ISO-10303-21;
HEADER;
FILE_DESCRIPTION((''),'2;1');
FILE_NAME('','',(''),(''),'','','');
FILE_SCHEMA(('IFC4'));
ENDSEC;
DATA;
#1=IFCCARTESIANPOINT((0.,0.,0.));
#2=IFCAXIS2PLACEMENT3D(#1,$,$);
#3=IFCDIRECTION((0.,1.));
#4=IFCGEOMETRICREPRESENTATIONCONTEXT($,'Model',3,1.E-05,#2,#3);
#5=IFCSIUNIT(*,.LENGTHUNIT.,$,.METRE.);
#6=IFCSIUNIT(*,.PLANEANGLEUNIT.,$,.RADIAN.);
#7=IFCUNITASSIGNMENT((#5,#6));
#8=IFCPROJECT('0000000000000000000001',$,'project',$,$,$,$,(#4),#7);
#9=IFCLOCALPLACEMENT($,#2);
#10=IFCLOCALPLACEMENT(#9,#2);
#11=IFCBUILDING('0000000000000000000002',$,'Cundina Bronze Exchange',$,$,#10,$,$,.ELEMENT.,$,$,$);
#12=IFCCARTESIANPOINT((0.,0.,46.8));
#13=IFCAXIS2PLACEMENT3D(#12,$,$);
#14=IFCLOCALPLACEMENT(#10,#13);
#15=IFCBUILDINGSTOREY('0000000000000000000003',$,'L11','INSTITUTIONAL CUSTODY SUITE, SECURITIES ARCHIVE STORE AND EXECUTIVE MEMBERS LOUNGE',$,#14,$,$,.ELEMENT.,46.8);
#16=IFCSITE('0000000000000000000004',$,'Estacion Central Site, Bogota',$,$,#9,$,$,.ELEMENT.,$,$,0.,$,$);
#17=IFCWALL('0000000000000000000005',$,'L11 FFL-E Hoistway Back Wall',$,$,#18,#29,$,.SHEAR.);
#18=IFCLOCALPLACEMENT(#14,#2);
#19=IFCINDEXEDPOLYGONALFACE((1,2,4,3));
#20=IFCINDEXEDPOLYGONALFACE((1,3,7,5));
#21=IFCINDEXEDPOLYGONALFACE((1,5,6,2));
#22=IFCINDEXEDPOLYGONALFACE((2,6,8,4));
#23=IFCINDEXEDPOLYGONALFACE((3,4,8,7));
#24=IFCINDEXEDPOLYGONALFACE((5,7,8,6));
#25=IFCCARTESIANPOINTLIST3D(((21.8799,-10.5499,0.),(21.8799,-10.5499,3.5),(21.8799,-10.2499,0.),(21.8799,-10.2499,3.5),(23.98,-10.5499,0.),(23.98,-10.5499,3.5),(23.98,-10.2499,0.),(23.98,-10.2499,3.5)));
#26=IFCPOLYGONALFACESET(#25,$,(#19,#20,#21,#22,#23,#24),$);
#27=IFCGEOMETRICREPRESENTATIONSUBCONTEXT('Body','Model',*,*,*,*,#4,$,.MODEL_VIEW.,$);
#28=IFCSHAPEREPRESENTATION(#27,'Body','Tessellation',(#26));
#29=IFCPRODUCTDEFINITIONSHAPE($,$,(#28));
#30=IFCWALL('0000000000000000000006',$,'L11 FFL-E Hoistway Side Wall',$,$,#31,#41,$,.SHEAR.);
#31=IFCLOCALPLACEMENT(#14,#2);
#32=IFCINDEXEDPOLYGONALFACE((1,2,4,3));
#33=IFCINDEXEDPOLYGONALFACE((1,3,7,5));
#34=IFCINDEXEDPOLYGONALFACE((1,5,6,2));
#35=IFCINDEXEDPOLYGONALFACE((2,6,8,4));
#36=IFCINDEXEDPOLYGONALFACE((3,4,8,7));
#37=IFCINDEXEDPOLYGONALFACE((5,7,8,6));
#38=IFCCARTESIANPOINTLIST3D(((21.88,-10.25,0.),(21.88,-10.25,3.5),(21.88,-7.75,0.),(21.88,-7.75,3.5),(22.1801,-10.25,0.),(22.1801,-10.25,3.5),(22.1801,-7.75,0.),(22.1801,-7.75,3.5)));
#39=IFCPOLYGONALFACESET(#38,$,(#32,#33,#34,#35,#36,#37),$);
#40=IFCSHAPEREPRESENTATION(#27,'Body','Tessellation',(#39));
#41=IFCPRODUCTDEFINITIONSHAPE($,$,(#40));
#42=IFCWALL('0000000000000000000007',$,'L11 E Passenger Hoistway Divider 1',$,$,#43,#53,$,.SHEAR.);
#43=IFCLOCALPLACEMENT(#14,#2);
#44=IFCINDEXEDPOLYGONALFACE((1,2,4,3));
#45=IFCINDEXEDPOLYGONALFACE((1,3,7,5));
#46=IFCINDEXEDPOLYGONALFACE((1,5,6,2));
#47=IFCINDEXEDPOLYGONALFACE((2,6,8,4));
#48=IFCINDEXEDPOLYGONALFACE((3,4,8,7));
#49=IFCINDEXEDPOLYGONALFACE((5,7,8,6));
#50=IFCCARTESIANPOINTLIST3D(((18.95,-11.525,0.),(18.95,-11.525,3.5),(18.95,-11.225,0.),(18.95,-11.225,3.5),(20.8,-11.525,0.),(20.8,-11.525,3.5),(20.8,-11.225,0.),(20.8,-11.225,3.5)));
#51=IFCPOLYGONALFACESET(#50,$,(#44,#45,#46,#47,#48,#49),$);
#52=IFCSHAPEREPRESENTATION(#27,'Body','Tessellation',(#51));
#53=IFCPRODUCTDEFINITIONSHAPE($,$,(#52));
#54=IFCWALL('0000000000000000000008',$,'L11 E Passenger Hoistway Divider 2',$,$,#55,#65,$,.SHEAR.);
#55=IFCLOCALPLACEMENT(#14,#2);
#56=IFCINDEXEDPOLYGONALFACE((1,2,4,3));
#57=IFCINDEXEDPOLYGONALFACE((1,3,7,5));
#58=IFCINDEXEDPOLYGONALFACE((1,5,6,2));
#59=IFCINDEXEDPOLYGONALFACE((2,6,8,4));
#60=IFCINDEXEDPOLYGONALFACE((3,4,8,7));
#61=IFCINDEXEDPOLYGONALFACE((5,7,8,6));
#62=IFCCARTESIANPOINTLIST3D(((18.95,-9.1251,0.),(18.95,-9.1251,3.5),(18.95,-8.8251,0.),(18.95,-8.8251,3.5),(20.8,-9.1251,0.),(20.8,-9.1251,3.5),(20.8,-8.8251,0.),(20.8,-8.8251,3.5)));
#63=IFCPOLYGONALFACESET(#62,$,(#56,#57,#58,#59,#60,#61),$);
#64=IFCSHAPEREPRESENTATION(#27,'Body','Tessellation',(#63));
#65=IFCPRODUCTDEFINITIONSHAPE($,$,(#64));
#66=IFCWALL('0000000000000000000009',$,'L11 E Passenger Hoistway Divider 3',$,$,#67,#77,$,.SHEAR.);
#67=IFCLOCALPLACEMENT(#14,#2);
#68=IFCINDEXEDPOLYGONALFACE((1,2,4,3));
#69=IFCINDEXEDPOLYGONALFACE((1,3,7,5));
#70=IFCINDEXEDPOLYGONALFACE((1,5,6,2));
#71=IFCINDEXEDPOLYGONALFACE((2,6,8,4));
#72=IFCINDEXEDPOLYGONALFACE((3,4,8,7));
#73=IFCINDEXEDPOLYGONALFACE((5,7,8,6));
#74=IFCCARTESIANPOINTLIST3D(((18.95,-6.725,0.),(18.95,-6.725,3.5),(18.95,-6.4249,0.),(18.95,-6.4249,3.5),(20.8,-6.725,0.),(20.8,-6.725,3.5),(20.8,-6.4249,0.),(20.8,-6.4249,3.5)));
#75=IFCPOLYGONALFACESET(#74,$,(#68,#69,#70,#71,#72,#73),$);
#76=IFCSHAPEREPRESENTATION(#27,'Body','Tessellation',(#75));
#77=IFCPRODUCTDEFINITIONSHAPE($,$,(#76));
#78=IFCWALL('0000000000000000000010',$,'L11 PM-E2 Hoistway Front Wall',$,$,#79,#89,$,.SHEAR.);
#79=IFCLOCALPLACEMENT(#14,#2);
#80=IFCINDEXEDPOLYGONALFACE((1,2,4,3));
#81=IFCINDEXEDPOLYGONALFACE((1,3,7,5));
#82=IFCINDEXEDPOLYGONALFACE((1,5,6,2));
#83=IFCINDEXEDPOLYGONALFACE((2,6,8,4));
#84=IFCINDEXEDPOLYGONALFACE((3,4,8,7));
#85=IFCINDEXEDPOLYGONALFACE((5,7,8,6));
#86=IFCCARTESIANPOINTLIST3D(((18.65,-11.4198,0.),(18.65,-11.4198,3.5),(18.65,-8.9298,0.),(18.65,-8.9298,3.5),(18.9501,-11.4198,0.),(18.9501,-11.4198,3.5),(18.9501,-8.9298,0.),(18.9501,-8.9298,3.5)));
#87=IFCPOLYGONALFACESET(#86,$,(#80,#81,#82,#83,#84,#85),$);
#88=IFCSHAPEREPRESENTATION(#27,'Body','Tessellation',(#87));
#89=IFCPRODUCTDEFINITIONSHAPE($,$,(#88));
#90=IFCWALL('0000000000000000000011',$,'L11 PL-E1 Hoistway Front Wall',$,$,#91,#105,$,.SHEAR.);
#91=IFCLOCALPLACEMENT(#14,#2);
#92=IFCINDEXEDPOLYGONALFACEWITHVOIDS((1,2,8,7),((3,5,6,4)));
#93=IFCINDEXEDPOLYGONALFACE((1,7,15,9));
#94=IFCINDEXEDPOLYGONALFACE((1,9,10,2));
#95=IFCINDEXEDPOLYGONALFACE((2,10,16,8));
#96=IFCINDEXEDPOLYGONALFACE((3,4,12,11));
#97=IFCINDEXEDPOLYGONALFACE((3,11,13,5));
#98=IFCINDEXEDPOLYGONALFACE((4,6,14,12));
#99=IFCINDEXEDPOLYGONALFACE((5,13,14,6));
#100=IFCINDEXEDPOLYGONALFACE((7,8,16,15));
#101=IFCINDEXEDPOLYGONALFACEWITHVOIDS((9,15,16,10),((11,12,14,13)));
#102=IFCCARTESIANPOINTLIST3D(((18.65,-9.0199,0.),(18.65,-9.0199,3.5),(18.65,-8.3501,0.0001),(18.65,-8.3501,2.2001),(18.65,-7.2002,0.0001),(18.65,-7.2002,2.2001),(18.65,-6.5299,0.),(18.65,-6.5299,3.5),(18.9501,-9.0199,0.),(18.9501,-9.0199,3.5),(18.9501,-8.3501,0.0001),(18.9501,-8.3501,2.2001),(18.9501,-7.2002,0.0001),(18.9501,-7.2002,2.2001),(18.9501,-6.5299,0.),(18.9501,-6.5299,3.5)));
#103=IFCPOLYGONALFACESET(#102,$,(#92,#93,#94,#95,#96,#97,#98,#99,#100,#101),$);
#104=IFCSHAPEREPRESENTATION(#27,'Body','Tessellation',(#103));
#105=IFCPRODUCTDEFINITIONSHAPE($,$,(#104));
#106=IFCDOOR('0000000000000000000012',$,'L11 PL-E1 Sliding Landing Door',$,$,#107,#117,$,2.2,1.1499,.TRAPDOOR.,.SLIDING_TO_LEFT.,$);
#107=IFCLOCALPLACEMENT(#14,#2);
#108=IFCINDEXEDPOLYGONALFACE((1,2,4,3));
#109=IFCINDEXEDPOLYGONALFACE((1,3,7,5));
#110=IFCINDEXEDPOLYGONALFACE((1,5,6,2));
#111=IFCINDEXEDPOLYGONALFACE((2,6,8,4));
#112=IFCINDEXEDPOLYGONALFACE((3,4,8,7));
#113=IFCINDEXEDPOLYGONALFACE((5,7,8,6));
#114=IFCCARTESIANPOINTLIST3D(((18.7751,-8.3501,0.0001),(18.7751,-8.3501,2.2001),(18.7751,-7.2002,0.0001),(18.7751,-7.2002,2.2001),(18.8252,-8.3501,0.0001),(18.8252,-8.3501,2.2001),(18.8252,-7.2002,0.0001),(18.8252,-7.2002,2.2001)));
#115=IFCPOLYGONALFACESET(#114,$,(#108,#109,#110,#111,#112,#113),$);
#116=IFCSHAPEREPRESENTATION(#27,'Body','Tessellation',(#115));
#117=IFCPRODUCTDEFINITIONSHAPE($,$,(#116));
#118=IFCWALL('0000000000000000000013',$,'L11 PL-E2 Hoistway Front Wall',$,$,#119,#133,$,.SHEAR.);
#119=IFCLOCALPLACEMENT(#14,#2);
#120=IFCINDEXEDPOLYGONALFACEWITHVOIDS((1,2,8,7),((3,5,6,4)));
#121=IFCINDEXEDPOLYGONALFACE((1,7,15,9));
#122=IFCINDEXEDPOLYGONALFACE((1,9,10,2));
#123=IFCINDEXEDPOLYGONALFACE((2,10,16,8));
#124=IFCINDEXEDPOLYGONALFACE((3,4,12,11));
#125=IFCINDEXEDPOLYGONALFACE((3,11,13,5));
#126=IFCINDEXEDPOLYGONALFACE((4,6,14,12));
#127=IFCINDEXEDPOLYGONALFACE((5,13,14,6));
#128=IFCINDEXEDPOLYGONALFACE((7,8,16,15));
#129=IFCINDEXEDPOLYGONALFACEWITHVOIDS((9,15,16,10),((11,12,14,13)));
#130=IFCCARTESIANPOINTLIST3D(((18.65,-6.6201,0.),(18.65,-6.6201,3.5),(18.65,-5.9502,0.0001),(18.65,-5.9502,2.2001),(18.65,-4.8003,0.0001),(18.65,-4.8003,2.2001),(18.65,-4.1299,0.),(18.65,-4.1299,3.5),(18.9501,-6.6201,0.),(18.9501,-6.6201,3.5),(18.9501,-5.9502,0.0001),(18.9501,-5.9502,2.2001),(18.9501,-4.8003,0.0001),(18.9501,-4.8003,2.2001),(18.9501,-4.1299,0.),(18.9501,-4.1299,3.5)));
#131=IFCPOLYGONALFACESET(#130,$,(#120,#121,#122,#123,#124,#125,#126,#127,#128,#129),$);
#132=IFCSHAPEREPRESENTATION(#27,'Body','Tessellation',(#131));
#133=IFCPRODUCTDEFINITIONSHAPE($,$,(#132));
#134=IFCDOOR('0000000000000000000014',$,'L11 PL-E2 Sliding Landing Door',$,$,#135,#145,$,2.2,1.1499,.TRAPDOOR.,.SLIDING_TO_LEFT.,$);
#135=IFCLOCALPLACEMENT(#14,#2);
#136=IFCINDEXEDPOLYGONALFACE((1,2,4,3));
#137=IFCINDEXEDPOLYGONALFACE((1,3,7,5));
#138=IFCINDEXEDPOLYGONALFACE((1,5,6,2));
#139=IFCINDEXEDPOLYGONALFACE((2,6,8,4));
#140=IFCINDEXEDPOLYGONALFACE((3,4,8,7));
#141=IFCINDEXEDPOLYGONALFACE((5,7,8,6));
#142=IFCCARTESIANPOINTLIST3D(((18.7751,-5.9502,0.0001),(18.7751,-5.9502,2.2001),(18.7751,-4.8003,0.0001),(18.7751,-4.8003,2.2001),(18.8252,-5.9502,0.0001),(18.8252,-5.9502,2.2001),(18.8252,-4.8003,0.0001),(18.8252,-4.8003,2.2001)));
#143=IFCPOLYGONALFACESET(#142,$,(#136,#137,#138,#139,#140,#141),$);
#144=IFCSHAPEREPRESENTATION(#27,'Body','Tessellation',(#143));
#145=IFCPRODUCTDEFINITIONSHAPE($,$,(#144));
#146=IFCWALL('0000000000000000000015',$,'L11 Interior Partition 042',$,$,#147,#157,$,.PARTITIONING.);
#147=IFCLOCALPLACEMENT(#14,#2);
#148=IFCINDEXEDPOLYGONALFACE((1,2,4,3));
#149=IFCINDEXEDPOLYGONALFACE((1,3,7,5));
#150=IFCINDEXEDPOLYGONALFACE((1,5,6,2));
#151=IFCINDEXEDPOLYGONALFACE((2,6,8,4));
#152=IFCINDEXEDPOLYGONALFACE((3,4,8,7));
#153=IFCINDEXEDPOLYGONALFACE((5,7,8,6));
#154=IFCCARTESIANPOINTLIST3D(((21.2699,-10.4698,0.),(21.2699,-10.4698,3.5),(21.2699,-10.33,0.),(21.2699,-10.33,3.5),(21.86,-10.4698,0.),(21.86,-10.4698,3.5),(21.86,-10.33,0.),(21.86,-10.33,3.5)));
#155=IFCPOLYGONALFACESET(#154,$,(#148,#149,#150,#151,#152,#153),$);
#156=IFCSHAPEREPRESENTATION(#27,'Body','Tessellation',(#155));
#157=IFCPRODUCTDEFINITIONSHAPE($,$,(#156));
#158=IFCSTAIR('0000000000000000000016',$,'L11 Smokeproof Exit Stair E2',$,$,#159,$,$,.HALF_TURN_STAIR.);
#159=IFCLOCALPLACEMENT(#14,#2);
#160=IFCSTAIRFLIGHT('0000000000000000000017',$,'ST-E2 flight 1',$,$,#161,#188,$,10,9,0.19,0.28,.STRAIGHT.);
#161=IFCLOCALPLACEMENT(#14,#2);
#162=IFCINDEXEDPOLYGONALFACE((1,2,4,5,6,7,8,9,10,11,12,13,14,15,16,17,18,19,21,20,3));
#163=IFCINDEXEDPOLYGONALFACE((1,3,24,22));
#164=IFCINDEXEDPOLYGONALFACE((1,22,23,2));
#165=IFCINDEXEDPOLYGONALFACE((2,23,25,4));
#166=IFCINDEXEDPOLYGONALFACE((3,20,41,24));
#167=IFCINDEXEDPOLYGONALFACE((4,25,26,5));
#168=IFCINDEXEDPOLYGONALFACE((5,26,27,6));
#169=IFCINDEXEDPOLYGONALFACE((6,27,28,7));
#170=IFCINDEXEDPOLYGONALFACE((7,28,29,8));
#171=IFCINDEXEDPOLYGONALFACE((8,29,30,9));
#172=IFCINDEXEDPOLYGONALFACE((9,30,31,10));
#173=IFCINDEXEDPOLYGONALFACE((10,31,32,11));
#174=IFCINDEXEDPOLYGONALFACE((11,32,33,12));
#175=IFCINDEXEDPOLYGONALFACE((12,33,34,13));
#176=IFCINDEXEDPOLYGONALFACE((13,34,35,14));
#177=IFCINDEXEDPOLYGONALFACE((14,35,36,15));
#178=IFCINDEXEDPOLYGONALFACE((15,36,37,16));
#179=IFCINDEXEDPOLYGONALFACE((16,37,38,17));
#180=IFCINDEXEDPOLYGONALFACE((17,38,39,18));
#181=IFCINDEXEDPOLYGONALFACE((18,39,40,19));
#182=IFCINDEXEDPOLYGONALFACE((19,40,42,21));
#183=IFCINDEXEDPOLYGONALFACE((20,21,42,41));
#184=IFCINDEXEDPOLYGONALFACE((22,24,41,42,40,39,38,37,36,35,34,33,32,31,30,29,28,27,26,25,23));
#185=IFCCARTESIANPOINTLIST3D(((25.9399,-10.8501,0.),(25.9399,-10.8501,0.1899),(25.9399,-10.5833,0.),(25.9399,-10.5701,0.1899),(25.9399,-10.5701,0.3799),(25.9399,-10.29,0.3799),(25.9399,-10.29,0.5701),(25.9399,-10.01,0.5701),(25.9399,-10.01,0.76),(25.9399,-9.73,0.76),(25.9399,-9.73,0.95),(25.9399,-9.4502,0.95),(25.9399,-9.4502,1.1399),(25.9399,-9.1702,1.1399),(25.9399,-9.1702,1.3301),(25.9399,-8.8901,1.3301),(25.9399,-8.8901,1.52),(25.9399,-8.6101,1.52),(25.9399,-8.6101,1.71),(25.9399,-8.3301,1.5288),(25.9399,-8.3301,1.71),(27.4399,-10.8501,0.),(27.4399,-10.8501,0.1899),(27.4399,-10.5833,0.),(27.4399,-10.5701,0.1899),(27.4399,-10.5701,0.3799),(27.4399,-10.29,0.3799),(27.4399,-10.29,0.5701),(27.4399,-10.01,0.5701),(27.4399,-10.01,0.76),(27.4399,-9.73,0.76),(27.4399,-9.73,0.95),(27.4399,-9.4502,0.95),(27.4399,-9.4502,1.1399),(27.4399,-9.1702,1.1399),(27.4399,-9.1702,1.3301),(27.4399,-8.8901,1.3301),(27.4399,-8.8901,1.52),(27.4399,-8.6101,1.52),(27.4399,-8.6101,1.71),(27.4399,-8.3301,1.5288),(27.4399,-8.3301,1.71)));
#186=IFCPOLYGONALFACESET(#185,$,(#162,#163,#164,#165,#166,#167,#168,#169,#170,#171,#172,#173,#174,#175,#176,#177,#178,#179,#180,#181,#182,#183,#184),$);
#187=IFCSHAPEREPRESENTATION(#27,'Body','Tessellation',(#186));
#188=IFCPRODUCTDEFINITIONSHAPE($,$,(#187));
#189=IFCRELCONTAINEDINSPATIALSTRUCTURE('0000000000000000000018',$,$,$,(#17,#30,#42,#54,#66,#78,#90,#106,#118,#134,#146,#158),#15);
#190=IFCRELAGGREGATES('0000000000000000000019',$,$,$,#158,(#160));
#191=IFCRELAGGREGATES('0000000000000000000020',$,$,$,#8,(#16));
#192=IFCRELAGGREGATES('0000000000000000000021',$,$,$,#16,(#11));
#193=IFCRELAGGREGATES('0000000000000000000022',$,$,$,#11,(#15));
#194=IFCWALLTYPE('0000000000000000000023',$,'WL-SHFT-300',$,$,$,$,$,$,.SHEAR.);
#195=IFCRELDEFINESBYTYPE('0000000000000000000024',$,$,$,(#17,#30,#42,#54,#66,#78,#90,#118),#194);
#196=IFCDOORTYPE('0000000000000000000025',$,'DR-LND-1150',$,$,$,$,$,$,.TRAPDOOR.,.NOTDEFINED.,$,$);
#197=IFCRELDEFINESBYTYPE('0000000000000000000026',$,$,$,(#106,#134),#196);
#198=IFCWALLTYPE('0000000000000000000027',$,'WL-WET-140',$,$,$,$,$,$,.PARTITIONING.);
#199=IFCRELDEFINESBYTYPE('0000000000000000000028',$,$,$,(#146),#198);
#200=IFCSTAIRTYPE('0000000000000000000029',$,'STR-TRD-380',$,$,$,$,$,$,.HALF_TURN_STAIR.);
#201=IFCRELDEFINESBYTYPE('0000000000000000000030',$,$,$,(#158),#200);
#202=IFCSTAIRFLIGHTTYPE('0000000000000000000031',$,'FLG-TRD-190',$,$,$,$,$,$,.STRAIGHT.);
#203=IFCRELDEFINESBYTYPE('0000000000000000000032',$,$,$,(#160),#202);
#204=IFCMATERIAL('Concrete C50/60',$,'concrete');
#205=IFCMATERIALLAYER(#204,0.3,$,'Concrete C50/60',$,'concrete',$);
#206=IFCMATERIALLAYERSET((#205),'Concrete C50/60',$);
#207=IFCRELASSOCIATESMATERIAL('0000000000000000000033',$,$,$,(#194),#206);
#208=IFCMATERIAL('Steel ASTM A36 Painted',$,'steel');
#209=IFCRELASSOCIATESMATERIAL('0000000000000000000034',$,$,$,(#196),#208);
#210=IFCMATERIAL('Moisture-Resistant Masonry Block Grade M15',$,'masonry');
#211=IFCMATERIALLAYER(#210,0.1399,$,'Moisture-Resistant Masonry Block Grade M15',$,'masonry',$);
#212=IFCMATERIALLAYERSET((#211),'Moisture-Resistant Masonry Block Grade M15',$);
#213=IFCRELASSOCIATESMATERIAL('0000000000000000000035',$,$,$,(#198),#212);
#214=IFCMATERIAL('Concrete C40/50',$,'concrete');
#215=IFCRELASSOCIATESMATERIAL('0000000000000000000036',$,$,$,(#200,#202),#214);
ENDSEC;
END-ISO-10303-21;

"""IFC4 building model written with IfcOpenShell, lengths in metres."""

from ifc_helpers import new_model, si_unit, direction, frame, frame_2d, origin, place, context, subcontext, project, spatial, polyline, rectangle, outline, extrude, material, layer, layer_set, type_object, element, fill, aggregate, save


model = new_model("IFC4")

# Units and contexts
model_context = context("Model", 3, precision=1e-05, world=origin(), true_north=direction((0.0, 1.0)))
body_context = subcontext(model_context, "Body", "Model", "MODEL_VIEW")
ifc_project = project(units=[si_unit("LENGTHUNIT", "METRE"), si_unit("PLANEANGLEUNIT", "RADIAN")], contexts=[model_context])

# Site, building, storey
site_placement = place(None, origin())
site = spatial("IfcSite", under=ifc_project, at=site_placement, Name="Estacion Central Site, Bogota", CompositionType="ELEMENT", RefElevation=0.0)
building_placement = place(site_placement, origin())
building = spatial("IfcBuilding", under=site, at=building_placement, Name="Cundina Bronze Exchange", CompositionType="ELEMENT")
storey_placement = place(building_placement, frame((0.0, 0.0, 46.8)))
storey = spatial("IfcBuildingStorey", under=building, at=storey_placement, Name="L11", Description="INSTITUTIONAL CUSTODY SUITE, SECURITIES ARCHIVE STORE AND EXECUTIVE MEMBERS LOUNGE", CompositionType="ELEMENT", Elevation=46.8)

# Shared definitions
ifc_material_1 = material(Name="Concrete C50/60", Category="concrete")
ifc_layer_1 = layer(ifc_material_1, 0.3, Name="Concrete C50/60", Category="concrete")
ifc_layer_set_1 = layer_set([ifc_layer_1], Name="Concrete C50/60")
wall_type_1 = type_object("IfcWallType", Name="WL-SHFT-300", PredefinedType="SHEAR", material=ifc_layer_set_1)

# Shared definitions
ifc_material_2 = material(Name="Steel ASTM A36 Painted", Category="steel")
door_type_1 = type_object("IfcDoorType", Name="DR-LND-1150", OperationType="NOTDEFINED", PredefinedType="TRAPDOOR", material=ifc_material_2)

# Walls
wall_1_placement = place(storey_placement, frame((21.8799, -10.3999, 0.0), z_axis=(0.0, 0.0, 1.0), x_axis=(1.0, 0.0, 0.0)))
element("IfcWall", 1, at=wall_1_placement, inside=storey, type_object=wall_type_1, Name="L11 FFL-E Hoistway Back Wall", PredefinedType="SHEAR", context=body_context, shape_type="SweptSolid", body=[
    extrude(rectangle(XDim=2.1001, YDim=0.3, at=frame_2d((1.05, 0.0))), origin(), (0.0, 0.0, 1.0), 3.5),
])
wall_2_placement = place(storey_placement, frame((22.03, -10.25, 0.0), z_axis=(0.0, 0.0, 1.0), x_axis=(0.0, 1.0, 0.0)))
element("IfcWall", 2, at=wall_2_placement, inside=storey, type_object=wall_type_1, Name="L11 FFL-E Hoistway Side Wall", PredefinedType="SHEAR", context=body_context, shape_type="SweptSolid", body=[
    extrude(rectangle(XDim=2.5, YDim=0.3, at=frame_2d((1.25, 0.0))), origin(), (0.0, 0.0, 1.0), 3.5),
])
for number, where, z_axis, x_axis, name in (
    (3, (18.95, -11.375, 0.0), (0.0, 0.0, 1.0), (1.0, 0.0, 0.0), "L11 E Passenger Hoistway Divider 1"),
    (4, (18.95, -8.9751, 0.0), (0.0, 0.0, 1.0), (1.0, 0.0, 0.0), "L11 E Passenger Hoistway Divider 2"),
    (5, (18.95, -6.575, 0.0), (0.0, 0.0, 1.0), (1.0, 0.0, 0.0), "L11 E Passenger Hoistway Divider 3"),
):
    element("IfcWall", number, at=place(storey_placement, frame(where, z_axis=z_axis, x_axis=x_axis)), inside=storey, type_object=wall_type_1, Name=name, PredefinedType="SHEAR", context=body_context, shape_type="SweptSolid", body=[
        extrude(rectangle(XDim=1.8501, YDim=0.3, at=frame_2d((0.925, 0.0))), origin(), (0.0, 0.0, 1.0), 3.5),
    ])
wall_3_placement = place(storey_placement, frame((18.8, -11.4199, 0.0), z_axis=(0.0, 0.0, 1.0), x_axis=(0.0, 1.0, 0.0)))
element("IfcWall", 6, at=wall_3_placement, inside=storey, type_object=wall_type_1, Name="L11 PM-E2 Hoistway Front Wall", PredefinedType="SHEAR", context=body_context, shape_type="SweptSolid", body=[
    extrude(rectangle(XDim=2.49, YDim=0.3, at=frame_2d((1.2451, 0.0))), origin(), (0.0, 0.0, 1.0), 3.5),
])

# Walls, openings, doors
wall_4_placement = place(storey_placement, frame((18.8, -9.02, 0.0), z_axis=(0.0, 0.0, 1.0), x_axis=(0.0, 1.0, 0.0)))
wall_4 = element("IfcWall", 7, at=wall_4_placement, inside=storey, type_object=wall_type_1, Name="L11 PL-E1 Hoistway Front Wall", PredefinedType="SHEAR", context=body_context, shape_type="SweptSolid", body=[
    extrude(rectangle(XDim=2.49, YDim=0.3, at=frame_2d((1.2451, 0.0))), origin(), (0.0, 0.0, 1.0), 3.5),
])
opening_1_placement = place(wall_4_placement, frame((0.6699, 0.0, 0.0)))
opening_1 = element("IfcOpeningElement", 8, at=opening_1_placement, cuts=wall_4, PredefinedType="OPENING", context=body_context, shape_type="SweptSolid", body=[
    extrude(rectangle(XDim=1.1499, YDim=2.2, at=frame_2d((0.575, 1.1001))), frame((0.0, 0.1599, 0.0), z_axis=(0.0, -1.0, 0.0), x_axis=(1.0, 0.0, 0.0)), (0.0, 0.0, 1.0), 0.3201),
])
door_1_placement = place(opening_1_placement, origin())
door_1 = element("IfcDoor", 9, at=door_1_placement, inside=storey, type_object=door_type_1, Name="L11 PL-E1 Sliding Landing Door", OperationType="SLIDING_TO_LEFT", OverallHeight=2.2, OverallWidth=1.1499, PredefinedType="TRAPDOOR", context=body_context, shape_type="SweptSolid", body=[
    extrude(rectangle(XDim=1.1499, YDim=2.2, at=frame_2d((0.575, 1.1001))), frame((0.0, 0.0249, 0.0), z_axis=(0.0, -1.0, 0.0), x_axis=(1.0, 0.0, 0.0)), (0.0, 0.0, 1.0), 0.05),
])
fill(opening_1, door_1)
wall_5_placement = place(storey_placement, frame((18.8, -6.6201, 0.0), z_axis=(0.0, 0.0, 1.0), x_axis=(0.0, 1.0, 0.0)))
wall_5 = element("IfcWall", 10, at=wall_5_placement, inside=storey, type_object=wall_type_1, Name="L11 PL-E2 Hoistway Front Wall", PredefinedType="SHEAR", context=body_context, shape_type="SweptSolid", body=[
    extrude(rectangle(XDim=2.4902, YDim=0.3, at=frame_2d((1.2451, 0.0))), origin(), (0.0, 0.0, 1.0), 3.5),
])
opening_2_placement = place(wall_5_placement, frame((0.6699, 0.0, 0.0)))
opening_2 = element("IfcOpeningElement", 11, at=opening_2_placement, cuts=wall_5, PredefinedType="OPENING", context=body_context, shape_type="SweptSolid", body=[
    extrude(rectangle(XDim=1.1499, YDim=2.2, at=frame_2d((0.575, 1.1001))), frame((0.0, 0.1599, 0.0), z_axis=(0.0, -1.0, 0.0), x_axis=(1.0, 0.0, 0.0)), (0.0, 0.0, 1.0), 0.3201),
])
door_2_placement = place(opening_2_placement, origin())
door_2 = element("IfcDoor", 12, at=door_2_placement, inside=storey, type_object=door_type_1, Name="L11 PL-E2 Sliding Landing Door", OperationType="SLIDING_TO_LEFT", OverallHeight=2.2, OverallWidth=1.1499, PredefinedType="TRAPDOOR", context=body_context, shape_type="SweptSolid", body=[
    extrude(rectangle(XDim=1.1499, YDim=2.2, at=frame_2d((0.575, 1.1001))), frame((0.0, 0.0249, 0.0), z_axis=(0.0, -1.0, 0.0), x_axis=(1.0, 0.0, 0.0)), (0.0, 0.0, 1.0), 0.05),
])
fill(opening_2, door_2)

# Wall
ifc_material_3 = material(Name="Moisture-Resistant Masonry Block Grade M15", Category="masonry")
ifc_layer_2 = layer(ifc_material_3, 0.1399, Name="Moisture-Resistant Masonry Block Grade M15", Category="masonry")
ifc_layer_set_2 = layer_set([ifc_layer_2], Name="Moisture-Resistant Masonry Block Grade M15")
wall_type_2 = type_object("IfcWallType", Name="WL-WET-140", PredefinedType="PARTITIONING", material=ifc_layer_set_2)
wall_6_placement = place(storey_placement, frame((21.27, -10.3999, 0.0), z_axis=(0.0, 0.0, 1.0), x_axis=(1.0, 0.0, 0.0)))
element("IfcWall", 13, at=wall_6_placement, inside=storey, type_object=wall_type_2, Name="L11 Interior Partition 042", PredefinedType="PARTITIONING", context=body_context, shape_type="SweptSolid", body=[
    extrude(rectangle(XDim=0.5901, YDim=0.1399, at=frame_2d((0.2949, 0.0))), origin(), (0.0, 0.0, 1.0), 3.5),
])

# Stair, stair flight
ifc_material_4 = material(Name="Concrete C40/50", Category="concrete")
stair_type = type_object("IfcStairType", Name="STR-TRD-380", PredefinedType="HALF_TURN_STAIR", material=ifc_material_4)
stair_placement = place(storey_placement, origin())
stair = element("IfcStair", 14, at=stair_placement, inside=storey, type_object=stair_type, Name="L11 Smokeproof Exit Stair E2", PredefinedType="HALF_TURN_STAIR")
stair_flight_type = type_object("IfcStairFlightType", Name="FLG-TRD-190", PredefinedType="STRAIGHT", material=ifc_material_4)
stair_flight_1_placement = place(storey_placement, frame((26.6899, -10.8501, 0.0), z_axis=(0.0, 0.0, 1.0), x_axis=(0.0, 1.0, 0.0)))
stair_flight_1 = element("IfcStairFlight", 15, at=stair_flight_1_placement, type_object=stair_flight_type, Name="ST-E2 flight 1", NumberOfRisers=10, NumberOfTreads=9, PredefinedType="STRAIGHT", RiserHeight=0.19, TreadLength=0.28, context=body_context, shape_type="SweptSolid", body=[
    extrude(outline(polyline([(0.0, 0.0), (0.0, 0.1899), (0.28, 0.1899), (0.28, 0.3799), (0.5601, 0.3799), (0.5601, 0.5701), (0.8401, 0.5701), (0.8401, 0.76), (1.1201, 0.76), (1.1201, 0.95), (1.3999, 0.95), (1.3999, 1.1399), (1.6799, 1.1399), (1.6799, 1.3301), (1.96, 1.3301), (1.96, 1.52), (2.24, 1.52), (2.24, 1.71), (2.52, 1.71), (2.52, 1.8999), (2.52, 1.5288), (0.2668, 0.0), (0.0, 0.0)])), frame((0.0, 0.75, 0.0), z_axis=(0.0, -1.0, 0.0), x_axis=(1.0, 0.0, 0.0)), (0.0, 0.0, 1.0), 1.5),
])
aggregate(stair, [stair_flight_1])

save(model, "model.ifc")
